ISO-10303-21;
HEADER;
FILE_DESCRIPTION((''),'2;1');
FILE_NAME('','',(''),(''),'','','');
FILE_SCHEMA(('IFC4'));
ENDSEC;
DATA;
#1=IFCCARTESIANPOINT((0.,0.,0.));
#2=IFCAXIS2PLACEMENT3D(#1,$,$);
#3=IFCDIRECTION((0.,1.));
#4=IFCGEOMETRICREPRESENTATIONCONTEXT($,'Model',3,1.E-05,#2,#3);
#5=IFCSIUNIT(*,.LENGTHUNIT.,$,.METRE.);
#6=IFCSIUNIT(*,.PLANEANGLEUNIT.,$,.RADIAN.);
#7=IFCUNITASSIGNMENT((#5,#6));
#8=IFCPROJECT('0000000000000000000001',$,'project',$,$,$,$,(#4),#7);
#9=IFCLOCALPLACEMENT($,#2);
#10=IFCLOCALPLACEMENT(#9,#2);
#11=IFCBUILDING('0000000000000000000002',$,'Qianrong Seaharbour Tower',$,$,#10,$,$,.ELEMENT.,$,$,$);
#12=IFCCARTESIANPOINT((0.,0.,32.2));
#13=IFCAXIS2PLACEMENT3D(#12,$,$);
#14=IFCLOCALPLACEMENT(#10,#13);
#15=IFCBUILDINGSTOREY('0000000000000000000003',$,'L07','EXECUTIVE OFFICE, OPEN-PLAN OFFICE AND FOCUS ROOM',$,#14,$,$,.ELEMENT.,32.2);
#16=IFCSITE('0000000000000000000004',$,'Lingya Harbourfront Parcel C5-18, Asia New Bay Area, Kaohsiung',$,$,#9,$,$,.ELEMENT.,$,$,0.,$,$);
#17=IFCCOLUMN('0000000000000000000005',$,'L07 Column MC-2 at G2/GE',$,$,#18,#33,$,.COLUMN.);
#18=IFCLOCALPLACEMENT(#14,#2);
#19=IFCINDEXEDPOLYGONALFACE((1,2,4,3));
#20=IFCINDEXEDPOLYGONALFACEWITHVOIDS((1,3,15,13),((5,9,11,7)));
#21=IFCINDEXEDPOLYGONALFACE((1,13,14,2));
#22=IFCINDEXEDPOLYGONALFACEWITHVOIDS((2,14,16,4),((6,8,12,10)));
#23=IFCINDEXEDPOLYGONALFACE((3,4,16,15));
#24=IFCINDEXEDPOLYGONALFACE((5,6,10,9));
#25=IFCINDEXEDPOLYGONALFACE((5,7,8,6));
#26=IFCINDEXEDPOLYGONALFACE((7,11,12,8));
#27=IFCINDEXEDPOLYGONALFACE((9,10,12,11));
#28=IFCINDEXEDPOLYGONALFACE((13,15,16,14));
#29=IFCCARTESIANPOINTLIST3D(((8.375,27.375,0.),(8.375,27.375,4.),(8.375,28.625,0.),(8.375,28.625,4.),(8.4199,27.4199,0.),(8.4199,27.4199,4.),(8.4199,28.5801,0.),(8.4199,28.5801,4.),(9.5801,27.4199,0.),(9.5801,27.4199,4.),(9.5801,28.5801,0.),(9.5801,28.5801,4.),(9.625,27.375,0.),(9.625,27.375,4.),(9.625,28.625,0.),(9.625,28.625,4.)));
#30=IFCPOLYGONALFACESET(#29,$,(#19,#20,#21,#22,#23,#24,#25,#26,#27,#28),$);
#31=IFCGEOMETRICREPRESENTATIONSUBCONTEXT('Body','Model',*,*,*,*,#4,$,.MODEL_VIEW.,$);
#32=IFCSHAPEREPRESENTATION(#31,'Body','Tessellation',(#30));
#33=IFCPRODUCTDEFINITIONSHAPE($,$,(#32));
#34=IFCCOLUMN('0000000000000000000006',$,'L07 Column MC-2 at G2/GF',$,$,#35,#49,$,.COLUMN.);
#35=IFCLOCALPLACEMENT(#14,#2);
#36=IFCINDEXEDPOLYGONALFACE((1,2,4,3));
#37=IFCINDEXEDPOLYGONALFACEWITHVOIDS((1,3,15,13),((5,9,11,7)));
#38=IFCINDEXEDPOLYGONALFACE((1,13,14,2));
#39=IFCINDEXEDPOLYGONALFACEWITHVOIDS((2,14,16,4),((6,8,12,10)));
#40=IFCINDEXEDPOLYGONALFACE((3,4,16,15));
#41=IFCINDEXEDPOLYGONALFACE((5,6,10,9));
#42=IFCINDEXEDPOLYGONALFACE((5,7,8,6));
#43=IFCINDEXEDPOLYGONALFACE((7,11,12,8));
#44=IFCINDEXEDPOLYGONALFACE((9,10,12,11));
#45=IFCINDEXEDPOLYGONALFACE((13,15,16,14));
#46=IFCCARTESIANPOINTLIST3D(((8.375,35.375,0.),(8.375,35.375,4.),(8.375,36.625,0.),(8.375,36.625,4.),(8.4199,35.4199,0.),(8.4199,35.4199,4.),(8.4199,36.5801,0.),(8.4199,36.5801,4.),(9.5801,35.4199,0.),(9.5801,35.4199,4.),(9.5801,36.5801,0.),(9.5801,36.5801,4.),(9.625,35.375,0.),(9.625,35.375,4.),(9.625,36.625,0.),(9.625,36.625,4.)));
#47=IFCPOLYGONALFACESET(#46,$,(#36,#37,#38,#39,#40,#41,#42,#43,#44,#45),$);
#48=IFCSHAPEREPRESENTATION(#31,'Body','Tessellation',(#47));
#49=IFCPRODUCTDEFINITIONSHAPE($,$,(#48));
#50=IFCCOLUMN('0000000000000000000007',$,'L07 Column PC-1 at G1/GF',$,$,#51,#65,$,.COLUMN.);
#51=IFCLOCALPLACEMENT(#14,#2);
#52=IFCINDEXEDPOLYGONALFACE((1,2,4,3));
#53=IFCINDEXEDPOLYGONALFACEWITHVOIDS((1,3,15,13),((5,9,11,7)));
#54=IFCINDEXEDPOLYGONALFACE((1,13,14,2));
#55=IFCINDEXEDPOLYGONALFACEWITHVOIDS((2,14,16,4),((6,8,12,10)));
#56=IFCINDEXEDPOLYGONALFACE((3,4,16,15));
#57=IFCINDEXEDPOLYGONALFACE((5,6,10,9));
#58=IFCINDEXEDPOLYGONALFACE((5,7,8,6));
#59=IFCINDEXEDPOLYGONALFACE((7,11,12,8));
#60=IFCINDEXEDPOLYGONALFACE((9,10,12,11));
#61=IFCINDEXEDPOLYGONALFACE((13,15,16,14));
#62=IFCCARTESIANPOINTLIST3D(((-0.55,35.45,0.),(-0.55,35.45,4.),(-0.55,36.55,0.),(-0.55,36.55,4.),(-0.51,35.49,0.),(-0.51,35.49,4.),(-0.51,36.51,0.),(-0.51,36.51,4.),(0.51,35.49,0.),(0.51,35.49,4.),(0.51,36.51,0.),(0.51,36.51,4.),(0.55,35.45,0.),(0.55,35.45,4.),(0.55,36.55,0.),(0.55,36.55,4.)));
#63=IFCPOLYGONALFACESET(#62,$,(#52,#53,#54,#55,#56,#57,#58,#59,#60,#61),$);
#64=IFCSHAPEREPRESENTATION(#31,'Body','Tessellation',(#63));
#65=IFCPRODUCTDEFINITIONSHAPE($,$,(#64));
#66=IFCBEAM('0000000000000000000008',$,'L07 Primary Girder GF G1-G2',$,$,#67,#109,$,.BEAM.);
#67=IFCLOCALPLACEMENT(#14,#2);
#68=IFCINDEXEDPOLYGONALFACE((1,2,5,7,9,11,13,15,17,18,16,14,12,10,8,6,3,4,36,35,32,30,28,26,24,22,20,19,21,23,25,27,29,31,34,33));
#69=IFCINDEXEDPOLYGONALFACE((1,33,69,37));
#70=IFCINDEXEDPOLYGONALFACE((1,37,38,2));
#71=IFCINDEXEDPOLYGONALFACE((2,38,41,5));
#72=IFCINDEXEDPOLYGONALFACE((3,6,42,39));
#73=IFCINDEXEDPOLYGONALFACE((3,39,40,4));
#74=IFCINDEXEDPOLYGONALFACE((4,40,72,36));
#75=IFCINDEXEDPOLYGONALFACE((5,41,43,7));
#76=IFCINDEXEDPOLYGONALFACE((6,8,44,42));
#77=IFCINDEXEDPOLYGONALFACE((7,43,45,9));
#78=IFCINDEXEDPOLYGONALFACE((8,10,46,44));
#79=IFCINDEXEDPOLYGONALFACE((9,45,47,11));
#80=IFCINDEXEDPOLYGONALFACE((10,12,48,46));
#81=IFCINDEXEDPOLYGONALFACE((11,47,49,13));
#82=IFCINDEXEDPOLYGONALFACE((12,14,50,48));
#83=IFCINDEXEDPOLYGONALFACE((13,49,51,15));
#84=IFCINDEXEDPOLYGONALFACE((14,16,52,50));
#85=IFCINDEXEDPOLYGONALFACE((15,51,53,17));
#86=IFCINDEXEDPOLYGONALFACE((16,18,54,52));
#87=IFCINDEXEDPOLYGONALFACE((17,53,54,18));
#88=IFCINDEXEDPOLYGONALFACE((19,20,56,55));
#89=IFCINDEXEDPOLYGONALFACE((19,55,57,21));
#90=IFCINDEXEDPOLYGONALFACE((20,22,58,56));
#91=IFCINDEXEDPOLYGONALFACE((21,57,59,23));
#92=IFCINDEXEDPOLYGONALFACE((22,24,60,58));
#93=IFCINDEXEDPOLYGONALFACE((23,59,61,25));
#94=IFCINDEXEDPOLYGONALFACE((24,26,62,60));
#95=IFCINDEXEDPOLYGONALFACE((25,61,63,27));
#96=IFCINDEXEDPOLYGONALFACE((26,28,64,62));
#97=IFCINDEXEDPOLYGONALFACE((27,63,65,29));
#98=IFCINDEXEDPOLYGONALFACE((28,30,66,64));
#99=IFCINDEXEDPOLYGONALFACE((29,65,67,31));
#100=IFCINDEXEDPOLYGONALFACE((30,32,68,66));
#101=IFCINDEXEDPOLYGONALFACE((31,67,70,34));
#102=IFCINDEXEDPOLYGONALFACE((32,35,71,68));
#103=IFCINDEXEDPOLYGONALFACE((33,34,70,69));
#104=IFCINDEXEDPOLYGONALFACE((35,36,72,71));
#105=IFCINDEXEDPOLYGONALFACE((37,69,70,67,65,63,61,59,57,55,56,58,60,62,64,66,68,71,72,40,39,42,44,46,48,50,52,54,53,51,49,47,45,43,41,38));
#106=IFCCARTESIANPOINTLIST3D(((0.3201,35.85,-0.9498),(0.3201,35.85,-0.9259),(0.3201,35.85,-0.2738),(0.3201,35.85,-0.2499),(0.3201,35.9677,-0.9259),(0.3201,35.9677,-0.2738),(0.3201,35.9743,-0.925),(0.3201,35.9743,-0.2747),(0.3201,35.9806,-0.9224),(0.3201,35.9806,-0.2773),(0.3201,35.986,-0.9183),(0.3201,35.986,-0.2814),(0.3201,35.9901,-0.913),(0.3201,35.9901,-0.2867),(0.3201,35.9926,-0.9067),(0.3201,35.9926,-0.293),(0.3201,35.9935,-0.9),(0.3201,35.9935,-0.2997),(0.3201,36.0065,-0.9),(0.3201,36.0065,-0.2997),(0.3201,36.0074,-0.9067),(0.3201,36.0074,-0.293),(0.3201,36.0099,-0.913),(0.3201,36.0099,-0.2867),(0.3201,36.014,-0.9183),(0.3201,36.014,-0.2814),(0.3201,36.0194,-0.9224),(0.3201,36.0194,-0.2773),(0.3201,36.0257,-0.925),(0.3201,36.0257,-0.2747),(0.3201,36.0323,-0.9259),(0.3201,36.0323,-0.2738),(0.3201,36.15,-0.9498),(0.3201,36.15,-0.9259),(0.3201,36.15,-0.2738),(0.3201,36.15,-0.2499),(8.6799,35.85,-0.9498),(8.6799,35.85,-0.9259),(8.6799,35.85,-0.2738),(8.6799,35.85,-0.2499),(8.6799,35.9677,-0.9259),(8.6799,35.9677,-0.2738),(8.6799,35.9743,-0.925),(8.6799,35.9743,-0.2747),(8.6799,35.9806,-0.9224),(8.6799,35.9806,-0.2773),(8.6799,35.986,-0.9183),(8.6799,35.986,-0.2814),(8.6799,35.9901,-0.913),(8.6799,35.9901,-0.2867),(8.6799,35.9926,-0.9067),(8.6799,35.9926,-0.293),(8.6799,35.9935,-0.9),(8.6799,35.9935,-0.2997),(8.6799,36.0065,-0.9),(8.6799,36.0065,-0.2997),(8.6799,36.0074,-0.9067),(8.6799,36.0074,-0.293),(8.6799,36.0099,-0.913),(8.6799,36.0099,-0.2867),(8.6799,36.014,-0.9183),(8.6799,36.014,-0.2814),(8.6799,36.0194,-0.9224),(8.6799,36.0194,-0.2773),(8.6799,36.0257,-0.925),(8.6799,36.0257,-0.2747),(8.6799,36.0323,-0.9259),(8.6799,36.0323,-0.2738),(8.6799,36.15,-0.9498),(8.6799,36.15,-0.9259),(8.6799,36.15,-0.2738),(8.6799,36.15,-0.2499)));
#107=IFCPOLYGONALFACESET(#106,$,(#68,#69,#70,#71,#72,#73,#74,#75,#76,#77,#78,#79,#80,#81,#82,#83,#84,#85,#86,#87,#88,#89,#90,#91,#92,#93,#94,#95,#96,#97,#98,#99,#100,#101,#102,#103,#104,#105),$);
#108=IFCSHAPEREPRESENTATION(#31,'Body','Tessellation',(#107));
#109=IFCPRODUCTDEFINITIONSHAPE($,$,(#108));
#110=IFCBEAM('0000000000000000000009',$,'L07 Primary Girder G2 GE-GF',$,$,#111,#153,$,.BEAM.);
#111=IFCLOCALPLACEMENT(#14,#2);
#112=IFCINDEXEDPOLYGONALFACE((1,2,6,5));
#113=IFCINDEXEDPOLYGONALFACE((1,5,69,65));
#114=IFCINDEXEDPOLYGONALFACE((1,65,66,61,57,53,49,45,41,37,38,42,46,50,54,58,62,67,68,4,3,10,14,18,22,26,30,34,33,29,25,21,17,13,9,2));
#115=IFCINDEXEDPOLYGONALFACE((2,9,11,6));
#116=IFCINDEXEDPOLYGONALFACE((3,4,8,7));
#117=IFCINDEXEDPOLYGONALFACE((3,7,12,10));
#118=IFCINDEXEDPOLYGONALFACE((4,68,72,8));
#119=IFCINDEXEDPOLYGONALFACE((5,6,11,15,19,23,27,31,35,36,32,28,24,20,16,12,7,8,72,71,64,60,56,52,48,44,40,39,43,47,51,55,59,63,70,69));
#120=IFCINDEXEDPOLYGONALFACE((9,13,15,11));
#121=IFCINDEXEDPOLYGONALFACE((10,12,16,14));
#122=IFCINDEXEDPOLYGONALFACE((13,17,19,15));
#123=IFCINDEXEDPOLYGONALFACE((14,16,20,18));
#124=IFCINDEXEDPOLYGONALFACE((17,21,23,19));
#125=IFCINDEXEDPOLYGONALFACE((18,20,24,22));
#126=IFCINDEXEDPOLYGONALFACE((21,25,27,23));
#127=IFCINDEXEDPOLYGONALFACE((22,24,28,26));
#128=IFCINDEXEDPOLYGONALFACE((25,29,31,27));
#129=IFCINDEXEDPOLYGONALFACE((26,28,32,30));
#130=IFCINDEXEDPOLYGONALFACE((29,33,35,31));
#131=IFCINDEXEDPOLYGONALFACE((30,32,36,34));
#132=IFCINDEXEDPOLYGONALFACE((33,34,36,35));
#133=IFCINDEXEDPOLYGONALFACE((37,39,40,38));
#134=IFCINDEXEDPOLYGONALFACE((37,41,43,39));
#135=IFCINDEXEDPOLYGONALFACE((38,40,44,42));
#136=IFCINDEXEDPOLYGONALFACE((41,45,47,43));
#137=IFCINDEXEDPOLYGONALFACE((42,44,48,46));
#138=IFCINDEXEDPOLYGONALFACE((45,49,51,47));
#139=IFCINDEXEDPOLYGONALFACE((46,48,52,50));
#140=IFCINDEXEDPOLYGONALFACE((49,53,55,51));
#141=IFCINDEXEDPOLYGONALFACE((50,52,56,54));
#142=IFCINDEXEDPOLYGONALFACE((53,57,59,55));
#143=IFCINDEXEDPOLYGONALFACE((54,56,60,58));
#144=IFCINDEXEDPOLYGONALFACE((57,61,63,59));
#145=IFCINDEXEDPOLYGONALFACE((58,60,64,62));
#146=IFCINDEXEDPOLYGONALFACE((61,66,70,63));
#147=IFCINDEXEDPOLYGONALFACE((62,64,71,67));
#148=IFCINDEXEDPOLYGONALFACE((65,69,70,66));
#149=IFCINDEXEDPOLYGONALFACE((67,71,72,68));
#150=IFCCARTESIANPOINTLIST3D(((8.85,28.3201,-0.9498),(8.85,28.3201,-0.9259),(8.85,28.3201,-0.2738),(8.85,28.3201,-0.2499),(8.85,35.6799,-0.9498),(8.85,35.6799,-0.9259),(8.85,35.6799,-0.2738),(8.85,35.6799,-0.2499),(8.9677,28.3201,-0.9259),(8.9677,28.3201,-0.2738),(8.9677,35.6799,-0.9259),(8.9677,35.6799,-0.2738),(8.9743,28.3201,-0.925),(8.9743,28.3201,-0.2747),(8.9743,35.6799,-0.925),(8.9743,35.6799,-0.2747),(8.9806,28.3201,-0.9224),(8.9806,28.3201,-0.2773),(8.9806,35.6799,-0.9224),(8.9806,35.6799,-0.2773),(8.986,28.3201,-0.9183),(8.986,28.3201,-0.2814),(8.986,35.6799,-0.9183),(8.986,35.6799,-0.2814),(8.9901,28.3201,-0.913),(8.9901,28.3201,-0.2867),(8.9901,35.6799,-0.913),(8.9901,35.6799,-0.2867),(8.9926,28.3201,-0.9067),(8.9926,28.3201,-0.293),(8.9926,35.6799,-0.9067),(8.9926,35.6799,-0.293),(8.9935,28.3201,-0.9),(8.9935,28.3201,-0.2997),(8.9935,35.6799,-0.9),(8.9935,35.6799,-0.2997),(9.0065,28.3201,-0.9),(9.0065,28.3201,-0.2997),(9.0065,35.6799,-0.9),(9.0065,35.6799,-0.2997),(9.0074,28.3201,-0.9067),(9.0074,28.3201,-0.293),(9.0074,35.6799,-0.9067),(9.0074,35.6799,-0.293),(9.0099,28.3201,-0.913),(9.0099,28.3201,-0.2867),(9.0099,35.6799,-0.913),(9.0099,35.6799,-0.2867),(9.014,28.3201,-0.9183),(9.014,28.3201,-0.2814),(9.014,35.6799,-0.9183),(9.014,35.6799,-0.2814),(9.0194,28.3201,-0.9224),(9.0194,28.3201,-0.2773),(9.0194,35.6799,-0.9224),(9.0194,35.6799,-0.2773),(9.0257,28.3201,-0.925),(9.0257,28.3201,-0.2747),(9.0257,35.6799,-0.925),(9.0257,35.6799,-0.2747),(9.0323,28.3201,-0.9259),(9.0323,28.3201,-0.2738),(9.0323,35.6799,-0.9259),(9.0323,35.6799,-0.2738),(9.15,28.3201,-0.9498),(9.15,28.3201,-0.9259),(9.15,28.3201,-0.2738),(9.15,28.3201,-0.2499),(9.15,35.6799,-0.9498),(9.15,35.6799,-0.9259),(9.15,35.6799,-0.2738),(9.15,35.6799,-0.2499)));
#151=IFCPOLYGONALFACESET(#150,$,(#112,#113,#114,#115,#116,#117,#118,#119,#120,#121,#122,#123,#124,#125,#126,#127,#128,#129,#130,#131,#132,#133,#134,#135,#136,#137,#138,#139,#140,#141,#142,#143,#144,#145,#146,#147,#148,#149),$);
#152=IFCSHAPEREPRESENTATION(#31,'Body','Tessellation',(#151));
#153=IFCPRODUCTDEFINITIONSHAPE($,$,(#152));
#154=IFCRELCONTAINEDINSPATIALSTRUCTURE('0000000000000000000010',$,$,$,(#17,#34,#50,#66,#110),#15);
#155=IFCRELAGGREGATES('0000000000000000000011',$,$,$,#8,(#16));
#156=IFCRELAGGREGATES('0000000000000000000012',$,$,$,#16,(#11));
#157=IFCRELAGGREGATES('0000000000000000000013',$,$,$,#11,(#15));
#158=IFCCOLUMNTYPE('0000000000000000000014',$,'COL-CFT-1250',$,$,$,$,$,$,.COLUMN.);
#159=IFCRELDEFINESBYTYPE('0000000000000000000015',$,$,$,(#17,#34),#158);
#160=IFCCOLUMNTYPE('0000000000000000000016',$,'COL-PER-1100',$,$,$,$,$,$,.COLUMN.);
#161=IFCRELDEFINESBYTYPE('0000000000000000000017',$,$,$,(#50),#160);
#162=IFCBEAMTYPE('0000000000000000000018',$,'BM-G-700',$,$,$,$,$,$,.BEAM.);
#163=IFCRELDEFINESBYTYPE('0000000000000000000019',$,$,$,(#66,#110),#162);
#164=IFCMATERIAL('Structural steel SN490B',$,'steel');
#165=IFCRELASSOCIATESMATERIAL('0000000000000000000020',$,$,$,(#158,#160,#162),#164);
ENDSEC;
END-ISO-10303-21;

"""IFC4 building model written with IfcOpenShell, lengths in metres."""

from ifc_helpers import new_model, si_unit, direction, frame, origin, origin_2d, place, context, subcontext, project, spatial, hollow_rectangle, i_section, extrude, material, material_profile, profile_set, type_object, element, save


model = new_model("IFC4")

# Units and contexts
model_context = context("Model", 3, precision=1e-05, world=origin(), true_north=direction((0.0, 1.0)))
body_context = subcontext(model_context, "Body", "Model", "MODEL_VIEW")
ifc_project = project(units=[si_unit("LENGTHUNIT", "METRE"), si_unit("PLANEANGLEUNIT", "RADIAN")], contexts=[model_context])

# Site, building, storey
site_placement = place(None, origin())
site = spatial("IfcSite", under=ifc_project, at=site_placement, Name="Lingya Harbourfront Parcel C5-18, Asia New Bay Area, Kaohsiung", CompositionType="ELEMENT", RefElevation=0.0)
building_placement = place(site_placement, origin())
building = spatial("IfcBuilding", under=site, at=building_placement, Name="Qianrong Seaharbour Tower", CompositionType="ELEMENT")
storey_placement = place(building_placement, frame((0.0, 0.0, 32.2)))
storey = spatial("IfcBuildingStorey", under=building, at=storey_placement, Name="L07", Description="EXECUTIVE OFFICE, OPEN-PLAN OFFICE AND FOCUS ROOM", CompositionType="ELEMENT", Elevation=32.2)

# Columns
ifc_material_1 = material(Name="Structural steel SN490B", Category="steel")
ifc_material_profile_1 = material_profile(ifc_material_1, hollow_rectangle(XDim=1.25, YDim=1.25, WallThickness=0.0449, at=origin_2d()), Name="BOX1250x1250x45")
ifc_profile_set_1 = profile_set([ifc_material_profile_1], Name="Structural steel SN490B")
column_type_1 = type_object("IfcColumnType", Name="COL-CFT-1250", PredefinedType="COLUMN", material=ifc_profile_set_1)
for number, where, z_axis, x_axis, name in (
    (1, (9.0, 28.0, 0.0), (0.0, 0.0, 1.0), (1.0, 0.0, 0.0), "L07 Column MC-2 at G2/GE"),
    (2, (9.0, 36.0, 0.0), (0.0, 0.0, 1.0), (1.0, 0.0, 0.0), "L07 Column MC-2 at G2/GF"),
):
    element("IfcColumn", number, at=place(storey_placement, frame(where, z_axis=z_axis, x_axis=x_axis)), inside=storey, type_object=column_type_1, Name=name, PredefinedType="COLUMN", context=body_context, shape_type="SweptSolid", body=[
        extrude(hollow_rectangle(XDim=1.25, YDim=1.25, WallThickness=0.0449, at=origin_2d()), origin(), (0.0, 0.0, 1.0), 4.0),
    ])
ifc_material_profile_2 = material_profile(ifc_material_1, hollow_rectangle(XDim=1.1001, YDim=1.1001, WallThickness=0.04, at=origin_2d()), Name="BOX1100x1100x40")
ifc_profile_set_2 = profile_set([ifc_material_profile_2], Name="Structural steel SN490B")
column_type_2 = type_object("IfcColumnType", Name="COL-PER-1100", PredefinedType="COLUMN", material=ifc_profile_set_2)
column_placement = place(storey_placement, frame((0.0, 36.0, 0.0), z_axis=(0.0, 0.0, 1.0), x_axis=(1.0, 0.0, 0.0)))
element("IfcColumn", 3, at=column_placement, inside=storey, type_object=column_type_2, Name="L07 Column PC-1 at G1/GF", PredefinedType="COLUMN", context=body_context, shape_type="SweptSolid", body=[
    extrude(hollow_rectangle(XDim=1.1001, YDim=1.1001, WallThickness=0.04, at=origin_2d()), origin(), (0.0, 0.0, 1.0), 4.0),
])

# Beams
ifc_material_profile_3 = material_profile(ifc_material_1, i_section(OverallWidth=0.3, OverallDepth=0.7, WebThickness=0.0129, FlangeThickness=0.0239, FilletRadius=0.0259, at=origin_2d()), Name="H700x300x13x24")
ifc_profile_set_3 = profile_set([ifc_material_profile_3], Name="Structural steel SN490B")
beam_type_1 = type_object("IfcBeamType", Name="BM-G-700", PredefinedType="BEAM", material=ifc_profile_set_3)
beam_1_placement = place(storey_placement, frame((0.3201, 36.0, -0.5999), z_axis=(1.0, 0.0, 0.0), x_axis=(0.0, 1.0, 0.0)))
element("IfcBeam", 4, at=beam_1_placement, inside=storey, type_object=beam_type_1, Name="L07 Primary Girder GF G1-G2", PredefinedType="BEAM", context=body_context, shape_type="SweptSolid", body=[
    extrude(i_section(OverallWidth=0.3, OverallDepth=0.7, WebThickness=0.0129, FlangeThickness=0.0239, FilletRadius=0.0259, at=origin_2d()), origin(), (0.0, 0.0, 1.0), 8.3599),
])
beam_2_placement = place(storey_placement, frame((9.0, 28.3201, -0.5999), z_axis=(0.0, 1.0, 0.0), x_axis=(-1.0, 0.0, 0.0)))
element("IfcBeam", 5, at=beam_2_placement, inside=storey, type_object=beam_type_1, Name="L07 Primary Girder G2 GE-GF", PredefinedType="BEAM", context=body_context, shape_type="SweptSolid", body=[
    extrude(i_section(OverallWidth=0.3, OverallDepth=0.7, WebThickness=0.0129, FlangeThickness=0.0239, FilletRadius=0.0259, at=origin_2d()), origin(), (0.0, 0.0, 1.0), 7.3599),
])

save(model, "model.ifc")
